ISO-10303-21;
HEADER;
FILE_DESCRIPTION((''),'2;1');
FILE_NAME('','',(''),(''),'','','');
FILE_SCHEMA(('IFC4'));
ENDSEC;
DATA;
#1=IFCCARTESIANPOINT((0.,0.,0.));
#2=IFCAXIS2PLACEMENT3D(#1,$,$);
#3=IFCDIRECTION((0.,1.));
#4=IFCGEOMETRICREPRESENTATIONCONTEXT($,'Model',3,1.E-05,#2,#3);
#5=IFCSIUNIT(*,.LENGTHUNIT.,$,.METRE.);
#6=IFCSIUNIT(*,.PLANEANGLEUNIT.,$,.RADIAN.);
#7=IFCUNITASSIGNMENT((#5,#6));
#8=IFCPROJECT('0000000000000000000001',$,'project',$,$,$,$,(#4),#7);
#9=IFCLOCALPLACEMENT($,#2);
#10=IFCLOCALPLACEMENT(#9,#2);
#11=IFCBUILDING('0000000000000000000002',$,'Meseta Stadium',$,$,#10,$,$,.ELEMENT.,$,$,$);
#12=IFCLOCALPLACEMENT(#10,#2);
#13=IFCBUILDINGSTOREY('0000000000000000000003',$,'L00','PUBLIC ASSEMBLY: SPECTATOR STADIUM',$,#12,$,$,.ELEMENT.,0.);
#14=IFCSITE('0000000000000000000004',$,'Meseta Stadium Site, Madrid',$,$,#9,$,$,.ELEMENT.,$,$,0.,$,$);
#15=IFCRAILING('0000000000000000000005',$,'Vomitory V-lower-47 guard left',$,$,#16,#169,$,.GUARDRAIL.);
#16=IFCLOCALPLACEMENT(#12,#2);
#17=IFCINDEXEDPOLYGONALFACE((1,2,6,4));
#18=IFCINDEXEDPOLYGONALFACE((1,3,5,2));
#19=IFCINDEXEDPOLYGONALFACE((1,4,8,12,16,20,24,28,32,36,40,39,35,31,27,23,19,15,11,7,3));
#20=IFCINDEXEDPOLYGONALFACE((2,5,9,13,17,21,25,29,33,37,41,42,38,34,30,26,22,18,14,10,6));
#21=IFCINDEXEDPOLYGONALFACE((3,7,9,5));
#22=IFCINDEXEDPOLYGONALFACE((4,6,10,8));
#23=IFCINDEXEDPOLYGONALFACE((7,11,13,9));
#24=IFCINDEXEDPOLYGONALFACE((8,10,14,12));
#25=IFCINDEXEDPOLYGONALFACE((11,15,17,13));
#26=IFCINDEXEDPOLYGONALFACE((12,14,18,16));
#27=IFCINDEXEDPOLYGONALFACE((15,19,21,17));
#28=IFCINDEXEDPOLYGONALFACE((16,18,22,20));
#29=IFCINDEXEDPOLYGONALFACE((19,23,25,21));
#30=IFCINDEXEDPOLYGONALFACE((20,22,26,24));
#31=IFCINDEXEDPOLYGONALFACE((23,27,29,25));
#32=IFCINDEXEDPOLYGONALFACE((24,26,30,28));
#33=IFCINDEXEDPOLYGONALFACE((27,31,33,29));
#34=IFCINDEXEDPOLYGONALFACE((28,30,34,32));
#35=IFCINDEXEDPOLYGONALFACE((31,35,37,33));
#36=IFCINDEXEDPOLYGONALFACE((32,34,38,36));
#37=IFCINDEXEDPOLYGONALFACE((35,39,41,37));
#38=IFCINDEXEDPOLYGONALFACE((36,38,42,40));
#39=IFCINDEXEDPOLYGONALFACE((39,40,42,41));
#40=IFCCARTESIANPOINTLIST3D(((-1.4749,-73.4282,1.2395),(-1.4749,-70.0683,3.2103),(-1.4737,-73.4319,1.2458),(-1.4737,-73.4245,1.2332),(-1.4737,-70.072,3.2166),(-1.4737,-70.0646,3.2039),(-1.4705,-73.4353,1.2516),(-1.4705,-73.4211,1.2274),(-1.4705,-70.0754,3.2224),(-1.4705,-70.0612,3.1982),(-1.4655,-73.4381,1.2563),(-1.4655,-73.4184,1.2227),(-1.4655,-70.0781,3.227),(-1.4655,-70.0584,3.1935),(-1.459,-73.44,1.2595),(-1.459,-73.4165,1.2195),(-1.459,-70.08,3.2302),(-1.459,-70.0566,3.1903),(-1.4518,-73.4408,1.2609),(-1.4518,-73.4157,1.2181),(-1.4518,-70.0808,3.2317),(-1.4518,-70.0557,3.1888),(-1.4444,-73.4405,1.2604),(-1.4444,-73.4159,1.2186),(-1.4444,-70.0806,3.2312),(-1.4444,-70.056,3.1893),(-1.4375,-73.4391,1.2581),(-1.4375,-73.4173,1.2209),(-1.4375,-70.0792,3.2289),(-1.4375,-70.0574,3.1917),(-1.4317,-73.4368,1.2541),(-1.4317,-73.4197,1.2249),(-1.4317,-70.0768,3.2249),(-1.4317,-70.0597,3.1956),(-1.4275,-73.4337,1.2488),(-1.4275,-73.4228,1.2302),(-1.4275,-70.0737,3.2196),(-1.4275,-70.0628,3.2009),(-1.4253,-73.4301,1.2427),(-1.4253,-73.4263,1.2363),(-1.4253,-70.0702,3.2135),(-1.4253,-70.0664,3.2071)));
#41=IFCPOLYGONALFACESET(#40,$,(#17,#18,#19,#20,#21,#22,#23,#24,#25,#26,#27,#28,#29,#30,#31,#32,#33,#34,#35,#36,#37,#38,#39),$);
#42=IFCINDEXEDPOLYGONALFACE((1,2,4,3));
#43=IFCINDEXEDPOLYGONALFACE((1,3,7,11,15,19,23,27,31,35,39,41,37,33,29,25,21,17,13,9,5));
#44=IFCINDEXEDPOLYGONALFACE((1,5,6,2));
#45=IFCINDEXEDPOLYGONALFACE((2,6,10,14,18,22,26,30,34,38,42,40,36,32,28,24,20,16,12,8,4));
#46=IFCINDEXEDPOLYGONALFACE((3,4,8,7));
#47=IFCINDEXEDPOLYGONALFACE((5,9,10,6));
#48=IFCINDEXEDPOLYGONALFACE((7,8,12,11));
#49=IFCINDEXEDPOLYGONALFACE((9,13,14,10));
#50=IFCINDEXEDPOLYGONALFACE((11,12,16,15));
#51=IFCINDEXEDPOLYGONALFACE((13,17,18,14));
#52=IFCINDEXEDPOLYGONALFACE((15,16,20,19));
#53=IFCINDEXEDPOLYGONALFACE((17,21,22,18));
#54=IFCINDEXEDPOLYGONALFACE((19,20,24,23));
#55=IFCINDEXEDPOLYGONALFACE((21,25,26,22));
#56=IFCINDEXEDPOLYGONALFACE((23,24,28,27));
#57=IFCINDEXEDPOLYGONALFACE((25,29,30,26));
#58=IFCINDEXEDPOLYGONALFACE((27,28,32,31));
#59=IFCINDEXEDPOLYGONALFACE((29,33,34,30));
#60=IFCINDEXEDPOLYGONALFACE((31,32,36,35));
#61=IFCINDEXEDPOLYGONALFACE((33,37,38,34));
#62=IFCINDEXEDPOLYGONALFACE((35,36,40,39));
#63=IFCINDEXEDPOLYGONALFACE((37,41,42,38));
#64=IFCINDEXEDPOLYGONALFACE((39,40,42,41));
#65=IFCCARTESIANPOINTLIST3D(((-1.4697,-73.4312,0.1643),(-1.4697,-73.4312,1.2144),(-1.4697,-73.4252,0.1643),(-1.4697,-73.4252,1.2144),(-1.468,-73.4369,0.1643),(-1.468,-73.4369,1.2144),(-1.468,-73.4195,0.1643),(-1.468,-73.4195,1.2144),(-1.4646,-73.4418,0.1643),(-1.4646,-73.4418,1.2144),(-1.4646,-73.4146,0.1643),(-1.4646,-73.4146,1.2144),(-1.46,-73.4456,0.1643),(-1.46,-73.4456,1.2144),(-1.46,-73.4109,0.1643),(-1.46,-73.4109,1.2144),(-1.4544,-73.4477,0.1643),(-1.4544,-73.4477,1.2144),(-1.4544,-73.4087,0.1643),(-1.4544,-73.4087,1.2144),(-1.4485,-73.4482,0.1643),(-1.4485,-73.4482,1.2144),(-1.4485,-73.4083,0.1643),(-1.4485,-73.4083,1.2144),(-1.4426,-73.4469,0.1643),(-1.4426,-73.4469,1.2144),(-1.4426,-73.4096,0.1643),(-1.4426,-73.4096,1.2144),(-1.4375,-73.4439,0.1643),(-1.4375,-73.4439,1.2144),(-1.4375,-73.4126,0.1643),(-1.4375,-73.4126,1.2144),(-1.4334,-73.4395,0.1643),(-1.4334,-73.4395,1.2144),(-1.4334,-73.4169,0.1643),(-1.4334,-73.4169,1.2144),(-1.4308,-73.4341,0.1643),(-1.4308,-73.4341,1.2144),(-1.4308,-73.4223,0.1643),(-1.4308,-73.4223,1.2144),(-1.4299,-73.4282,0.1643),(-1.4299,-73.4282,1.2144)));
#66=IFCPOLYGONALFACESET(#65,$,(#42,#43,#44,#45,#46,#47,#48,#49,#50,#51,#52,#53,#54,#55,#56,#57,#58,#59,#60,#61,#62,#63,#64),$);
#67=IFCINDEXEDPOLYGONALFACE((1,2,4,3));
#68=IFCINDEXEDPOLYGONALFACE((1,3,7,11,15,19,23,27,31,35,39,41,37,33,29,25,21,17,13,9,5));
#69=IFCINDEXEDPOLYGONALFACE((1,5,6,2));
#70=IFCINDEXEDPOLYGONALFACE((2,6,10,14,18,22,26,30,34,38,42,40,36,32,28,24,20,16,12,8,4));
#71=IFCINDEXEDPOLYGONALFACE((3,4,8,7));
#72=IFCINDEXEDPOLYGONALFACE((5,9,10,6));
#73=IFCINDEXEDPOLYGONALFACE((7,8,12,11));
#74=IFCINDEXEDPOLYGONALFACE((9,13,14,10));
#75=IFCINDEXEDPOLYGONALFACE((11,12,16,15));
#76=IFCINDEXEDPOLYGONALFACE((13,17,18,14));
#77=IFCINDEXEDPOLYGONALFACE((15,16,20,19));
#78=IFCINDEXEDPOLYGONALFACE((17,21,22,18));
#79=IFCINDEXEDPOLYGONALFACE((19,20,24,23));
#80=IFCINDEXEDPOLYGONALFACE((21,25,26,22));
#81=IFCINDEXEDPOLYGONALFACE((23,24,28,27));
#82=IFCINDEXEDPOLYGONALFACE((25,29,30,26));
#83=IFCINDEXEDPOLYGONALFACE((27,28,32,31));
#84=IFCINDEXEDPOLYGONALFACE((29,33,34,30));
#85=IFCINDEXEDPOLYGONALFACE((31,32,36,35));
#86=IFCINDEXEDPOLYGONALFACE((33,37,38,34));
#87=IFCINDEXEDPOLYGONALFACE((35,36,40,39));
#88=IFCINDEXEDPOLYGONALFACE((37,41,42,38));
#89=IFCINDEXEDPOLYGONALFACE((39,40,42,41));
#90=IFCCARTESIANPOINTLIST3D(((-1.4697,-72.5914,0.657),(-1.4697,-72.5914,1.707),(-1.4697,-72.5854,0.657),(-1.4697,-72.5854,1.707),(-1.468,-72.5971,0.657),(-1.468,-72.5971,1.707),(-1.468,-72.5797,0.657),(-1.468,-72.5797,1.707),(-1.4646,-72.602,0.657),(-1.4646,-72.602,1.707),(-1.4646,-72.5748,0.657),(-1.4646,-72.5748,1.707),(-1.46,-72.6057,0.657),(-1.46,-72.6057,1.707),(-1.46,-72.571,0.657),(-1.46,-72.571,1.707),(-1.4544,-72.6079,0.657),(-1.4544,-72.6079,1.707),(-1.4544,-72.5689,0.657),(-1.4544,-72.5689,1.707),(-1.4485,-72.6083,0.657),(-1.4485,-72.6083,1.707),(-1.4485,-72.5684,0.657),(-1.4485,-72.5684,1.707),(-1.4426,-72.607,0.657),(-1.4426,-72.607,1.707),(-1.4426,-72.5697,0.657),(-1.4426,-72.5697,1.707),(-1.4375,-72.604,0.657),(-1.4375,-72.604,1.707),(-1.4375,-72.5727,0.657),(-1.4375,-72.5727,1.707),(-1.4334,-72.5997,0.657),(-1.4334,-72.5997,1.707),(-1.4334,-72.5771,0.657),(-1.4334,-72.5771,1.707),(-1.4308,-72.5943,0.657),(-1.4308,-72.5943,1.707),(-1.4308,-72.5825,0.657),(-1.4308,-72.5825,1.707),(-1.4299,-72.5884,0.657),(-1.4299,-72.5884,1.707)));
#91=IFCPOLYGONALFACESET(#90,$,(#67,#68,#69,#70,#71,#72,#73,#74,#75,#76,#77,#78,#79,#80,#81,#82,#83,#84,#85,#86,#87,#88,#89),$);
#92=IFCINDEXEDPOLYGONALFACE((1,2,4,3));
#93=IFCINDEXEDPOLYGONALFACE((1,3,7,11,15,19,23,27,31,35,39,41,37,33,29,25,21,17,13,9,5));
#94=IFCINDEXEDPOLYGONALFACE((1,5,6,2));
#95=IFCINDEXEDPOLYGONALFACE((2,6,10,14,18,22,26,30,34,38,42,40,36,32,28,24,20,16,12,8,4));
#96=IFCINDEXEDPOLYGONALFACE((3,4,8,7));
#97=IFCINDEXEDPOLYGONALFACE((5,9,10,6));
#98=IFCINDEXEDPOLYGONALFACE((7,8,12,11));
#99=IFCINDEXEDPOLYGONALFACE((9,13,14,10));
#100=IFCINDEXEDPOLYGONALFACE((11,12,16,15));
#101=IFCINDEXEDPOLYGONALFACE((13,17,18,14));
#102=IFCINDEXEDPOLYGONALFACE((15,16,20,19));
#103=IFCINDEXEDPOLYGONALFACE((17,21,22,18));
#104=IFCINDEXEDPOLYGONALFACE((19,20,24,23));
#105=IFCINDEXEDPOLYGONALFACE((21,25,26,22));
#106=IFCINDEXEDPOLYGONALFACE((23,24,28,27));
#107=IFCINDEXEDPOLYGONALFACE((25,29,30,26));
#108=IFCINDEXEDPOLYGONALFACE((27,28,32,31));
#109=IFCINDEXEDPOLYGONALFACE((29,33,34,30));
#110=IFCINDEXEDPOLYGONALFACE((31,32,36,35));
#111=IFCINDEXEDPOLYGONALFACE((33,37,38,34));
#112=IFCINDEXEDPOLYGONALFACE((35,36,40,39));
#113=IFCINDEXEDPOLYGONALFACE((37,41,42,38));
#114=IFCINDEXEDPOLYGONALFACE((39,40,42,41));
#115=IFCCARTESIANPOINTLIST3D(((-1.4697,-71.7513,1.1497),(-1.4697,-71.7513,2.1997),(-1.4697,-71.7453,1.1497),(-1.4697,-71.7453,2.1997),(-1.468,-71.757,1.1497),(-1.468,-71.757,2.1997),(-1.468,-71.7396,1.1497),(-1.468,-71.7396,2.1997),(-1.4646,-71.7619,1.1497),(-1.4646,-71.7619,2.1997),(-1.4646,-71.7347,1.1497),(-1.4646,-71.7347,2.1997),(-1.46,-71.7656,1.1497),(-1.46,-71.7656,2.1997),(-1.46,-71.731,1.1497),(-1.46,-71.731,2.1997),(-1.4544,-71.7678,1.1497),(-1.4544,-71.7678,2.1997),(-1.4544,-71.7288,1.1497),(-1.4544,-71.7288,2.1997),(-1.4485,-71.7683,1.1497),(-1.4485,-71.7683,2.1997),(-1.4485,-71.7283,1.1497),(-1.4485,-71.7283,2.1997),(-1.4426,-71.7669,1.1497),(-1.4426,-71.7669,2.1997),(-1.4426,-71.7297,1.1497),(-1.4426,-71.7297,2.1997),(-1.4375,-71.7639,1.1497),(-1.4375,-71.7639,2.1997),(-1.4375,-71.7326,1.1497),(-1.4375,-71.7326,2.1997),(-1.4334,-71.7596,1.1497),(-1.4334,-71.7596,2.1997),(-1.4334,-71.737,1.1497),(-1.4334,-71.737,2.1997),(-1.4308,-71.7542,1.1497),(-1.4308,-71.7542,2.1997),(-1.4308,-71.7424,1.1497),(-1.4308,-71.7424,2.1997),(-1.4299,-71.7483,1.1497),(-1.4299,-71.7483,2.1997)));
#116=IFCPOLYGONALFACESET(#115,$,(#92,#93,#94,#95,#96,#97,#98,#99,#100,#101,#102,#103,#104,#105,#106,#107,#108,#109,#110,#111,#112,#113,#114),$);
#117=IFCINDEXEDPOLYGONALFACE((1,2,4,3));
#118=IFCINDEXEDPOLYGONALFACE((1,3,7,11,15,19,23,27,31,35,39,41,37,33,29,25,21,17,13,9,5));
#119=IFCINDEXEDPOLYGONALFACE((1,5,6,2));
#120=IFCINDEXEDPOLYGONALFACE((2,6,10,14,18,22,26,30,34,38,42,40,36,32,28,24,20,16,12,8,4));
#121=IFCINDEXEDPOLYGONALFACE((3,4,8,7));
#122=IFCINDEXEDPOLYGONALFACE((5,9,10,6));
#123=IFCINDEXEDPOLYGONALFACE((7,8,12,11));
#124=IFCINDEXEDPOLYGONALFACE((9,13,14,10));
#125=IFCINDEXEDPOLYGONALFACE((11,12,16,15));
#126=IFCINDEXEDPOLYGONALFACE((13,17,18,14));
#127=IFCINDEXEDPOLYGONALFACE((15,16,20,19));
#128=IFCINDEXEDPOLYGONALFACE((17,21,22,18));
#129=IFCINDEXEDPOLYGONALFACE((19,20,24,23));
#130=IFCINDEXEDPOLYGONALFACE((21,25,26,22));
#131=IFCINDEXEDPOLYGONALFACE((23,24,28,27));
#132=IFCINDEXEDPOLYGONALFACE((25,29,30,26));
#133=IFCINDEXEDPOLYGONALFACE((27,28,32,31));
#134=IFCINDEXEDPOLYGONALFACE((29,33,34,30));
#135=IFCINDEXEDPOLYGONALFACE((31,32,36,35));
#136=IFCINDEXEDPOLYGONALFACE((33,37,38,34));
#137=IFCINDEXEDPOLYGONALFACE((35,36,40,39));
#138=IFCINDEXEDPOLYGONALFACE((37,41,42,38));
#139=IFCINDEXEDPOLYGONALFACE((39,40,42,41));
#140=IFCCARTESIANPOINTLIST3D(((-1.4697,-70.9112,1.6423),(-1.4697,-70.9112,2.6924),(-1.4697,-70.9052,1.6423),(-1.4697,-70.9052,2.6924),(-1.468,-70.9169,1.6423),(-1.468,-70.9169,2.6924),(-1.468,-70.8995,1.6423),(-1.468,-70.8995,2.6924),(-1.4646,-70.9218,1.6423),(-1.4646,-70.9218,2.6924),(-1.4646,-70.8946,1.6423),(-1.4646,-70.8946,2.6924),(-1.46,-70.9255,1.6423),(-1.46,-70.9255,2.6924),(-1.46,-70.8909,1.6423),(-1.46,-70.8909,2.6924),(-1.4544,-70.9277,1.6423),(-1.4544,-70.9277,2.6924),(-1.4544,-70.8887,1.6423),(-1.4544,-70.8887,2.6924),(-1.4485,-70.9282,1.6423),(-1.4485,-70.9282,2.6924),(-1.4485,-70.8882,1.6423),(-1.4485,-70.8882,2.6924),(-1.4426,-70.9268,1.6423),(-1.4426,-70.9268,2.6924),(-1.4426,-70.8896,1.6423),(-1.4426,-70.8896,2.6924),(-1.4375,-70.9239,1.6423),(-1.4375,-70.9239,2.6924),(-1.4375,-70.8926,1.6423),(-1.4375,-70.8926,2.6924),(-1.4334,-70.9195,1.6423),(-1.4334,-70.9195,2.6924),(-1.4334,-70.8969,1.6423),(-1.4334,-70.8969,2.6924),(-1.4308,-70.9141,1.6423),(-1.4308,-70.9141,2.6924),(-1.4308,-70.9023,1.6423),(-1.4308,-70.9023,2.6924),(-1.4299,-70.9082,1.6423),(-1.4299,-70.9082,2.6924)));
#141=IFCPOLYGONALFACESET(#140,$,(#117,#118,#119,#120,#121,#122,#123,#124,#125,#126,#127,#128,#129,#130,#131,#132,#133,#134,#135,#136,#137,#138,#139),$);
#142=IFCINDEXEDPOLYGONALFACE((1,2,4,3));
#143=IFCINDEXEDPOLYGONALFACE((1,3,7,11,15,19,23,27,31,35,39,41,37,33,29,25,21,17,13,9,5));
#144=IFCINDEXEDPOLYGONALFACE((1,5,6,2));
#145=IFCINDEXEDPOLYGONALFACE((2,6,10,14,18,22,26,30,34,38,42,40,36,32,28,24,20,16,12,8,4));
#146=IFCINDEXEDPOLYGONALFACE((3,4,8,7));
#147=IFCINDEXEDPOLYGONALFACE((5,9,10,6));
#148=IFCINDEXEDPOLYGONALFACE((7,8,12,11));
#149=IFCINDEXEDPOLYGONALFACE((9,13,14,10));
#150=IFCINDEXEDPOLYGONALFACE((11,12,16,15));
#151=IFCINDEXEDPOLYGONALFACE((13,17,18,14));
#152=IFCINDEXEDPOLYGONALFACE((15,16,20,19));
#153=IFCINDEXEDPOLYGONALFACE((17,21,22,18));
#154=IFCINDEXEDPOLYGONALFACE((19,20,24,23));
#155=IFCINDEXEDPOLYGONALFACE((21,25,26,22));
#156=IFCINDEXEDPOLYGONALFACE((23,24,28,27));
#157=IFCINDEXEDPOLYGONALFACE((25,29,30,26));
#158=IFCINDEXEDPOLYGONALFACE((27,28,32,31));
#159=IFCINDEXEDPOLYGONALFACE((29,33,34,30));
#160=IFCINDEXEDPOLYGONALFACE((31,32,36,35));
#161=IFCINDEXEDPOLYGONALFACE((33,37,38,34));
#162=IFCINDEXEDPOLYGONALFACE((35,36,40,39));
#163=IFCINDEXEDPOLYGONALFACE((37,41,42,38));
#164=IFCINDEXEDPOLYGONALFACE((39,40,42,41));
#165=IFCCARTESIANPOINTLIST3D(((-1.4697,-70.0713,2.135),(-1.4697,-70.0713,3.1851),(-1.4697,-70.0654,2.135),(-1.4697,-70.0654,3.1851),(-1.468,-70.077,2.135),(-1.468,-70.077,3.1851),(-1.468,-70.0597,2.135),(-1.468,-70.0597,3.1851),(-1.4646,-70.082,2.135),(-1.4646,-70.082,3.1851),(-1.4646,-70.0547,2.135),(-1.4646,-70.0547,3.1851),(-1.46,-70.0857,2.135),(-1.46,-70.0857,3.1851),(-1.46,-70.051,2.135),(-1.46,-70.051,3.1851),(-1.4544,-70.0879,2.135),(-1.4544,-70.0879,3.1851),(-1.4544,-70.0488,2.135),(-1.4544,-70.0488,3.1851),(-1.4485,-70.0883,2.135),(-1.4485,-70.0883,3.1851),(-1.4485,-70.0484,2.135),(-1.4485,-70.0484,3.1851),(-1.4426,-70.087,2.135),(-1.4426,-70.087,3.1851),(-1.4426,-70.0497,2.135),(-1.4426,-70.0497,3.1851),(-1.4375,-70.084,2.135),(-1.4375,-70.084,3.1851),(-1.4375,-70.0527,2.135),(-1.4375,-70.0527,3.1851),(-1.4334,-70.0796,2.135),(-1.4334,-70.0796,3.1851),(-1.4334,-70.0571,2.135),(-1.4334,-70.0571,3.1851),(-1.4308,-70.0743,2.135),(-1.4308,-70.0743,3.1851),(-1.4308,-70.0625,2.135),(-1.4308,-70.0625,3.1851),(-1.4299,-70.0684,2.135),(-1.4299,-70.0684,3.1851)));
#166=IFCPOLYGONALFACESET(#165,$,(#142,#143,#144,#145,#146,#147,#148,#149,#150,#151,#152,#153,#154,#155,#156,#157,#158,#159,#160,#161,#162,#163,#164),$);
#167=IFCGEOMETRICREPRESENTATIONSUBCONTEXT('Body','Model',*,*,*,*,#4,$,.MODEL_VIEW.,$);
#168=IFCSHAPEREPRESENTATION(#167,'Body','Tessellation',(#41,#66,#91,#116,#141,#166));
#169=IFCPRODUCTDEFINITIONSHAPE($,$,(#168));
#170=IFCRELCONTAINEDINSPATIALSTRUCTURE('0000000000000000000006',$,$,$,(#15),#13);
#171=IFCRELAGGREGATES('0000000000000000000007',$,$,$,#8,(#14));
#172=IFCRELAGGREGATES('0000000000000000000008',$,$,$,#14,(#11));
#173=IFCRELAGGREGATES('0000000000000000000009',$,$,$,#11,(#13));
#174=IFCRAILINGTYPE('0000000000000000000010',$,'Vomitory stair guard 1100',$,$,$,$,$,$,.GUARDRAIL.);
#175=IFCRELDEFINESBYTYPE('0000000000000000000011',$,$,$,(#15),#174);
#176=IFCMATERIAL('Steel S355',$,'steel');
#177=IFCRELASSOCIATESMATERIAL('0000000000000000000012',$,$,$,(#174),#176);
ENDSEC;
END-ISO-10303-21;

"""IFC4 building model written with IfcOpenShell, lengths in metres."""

from ifc_helpers import new_model, si_unit, direction, frame, origin, origin_2d, place, context, subcontext, project, spatial, circle, extrude, material, type_object, element, save


model = new_model("IFC4")

# Units and contexts
model_context = context("Model", 3, precision=1e-05, world=origin(), true_north=direction((0.0, 1.0)))
body_context = subcontext(model_context, "Body", "Model", "MODEL_VIEW")
ifc_project = project(units=[si_unit("LENGTHUNIT", "METRE"), si_unit("PLANEANGLEUNIT", "RADIAN")], contexts=[model_context])

# Site, building, storey
site_placement = place(None, origin())
site = spatial("IfcSite", under=ifc_project, at=site_placement, Name="Meseta Stadium Site, Madrid", CompositionType="ELEMENT", RefElevation=0.0)
building_placement = place(site_placement, origin())
building = spatial("IfcBuilding", under=site, at=building_placement, Name="Meseta Stadium", CompositionType="ELEMENT")
storey_placement = place(building_placement, origin())
storey = spatial("IfcBuildingStorey", under=building, at=storey_placement, Name="L00", Description="PUBLIC ASSEMBLY: SPECTATOR STADIUM", CompositionType="ELEMENT", Elevation=0.0)

# Railing
ifc_material_1 = material(Name="Steel S355", Category="steel")
railing_type_1 = type_object("IfcRailingType", Name="Vomitory stair guard 1100", PredefinedType="GUARDRAIL", material=ifc_material_1)
railing_1_placement = place(storey_placement, frame((-1.45, -73.4282, 0.1643)))
element("IfcRailing", 1, at=railing_1_placement, inside=storey, type_object=railing_type_1, Name="Vomitory V-lower-47 guard left", PredefinedType="GUARDRAIL", context=body_context, shape_type="SweptSolid", body=[
    extrude(circle(Radius=0.0249, at=origin_2d()), frame((0.0, 0.0, 1.0752), z_axis=(0.0, 0.862572, 0.505935), x_axis=(-1.0, 0.0, 0.0)), (0.0, 0.0, 1.0), 3.8953),
    extrude(circle(Radius=0.02, at=origin_2d()), origin(), (0.0, 0.0, 1.0), 1.05),
    extrude(circle(Radius=0.02, at=origin_2d()), frame((0.0, 0.8398, 0.4927)), (0.0, 0.0, 1.0), 1.05),
    extrude(circle(Radius=0.02, at=origin_2d()), frame((0.0, 1.6799, 0.9854)), (0.0, 0.0, 1.0), 1.05),
    extrude(circle(Radius=0.02, at=origin_2d()), frame((0.0, 2.52, 1.478)), (0.0, 0.0, 1.0), 1.05),
    extrude(circle(Radius=0.02, at=origin_2d()), frame((0.0, 3.3599, 1.9707)), (0.0, 0.0, 1.0), 1.05),
])

save(model, "model.ifc")
